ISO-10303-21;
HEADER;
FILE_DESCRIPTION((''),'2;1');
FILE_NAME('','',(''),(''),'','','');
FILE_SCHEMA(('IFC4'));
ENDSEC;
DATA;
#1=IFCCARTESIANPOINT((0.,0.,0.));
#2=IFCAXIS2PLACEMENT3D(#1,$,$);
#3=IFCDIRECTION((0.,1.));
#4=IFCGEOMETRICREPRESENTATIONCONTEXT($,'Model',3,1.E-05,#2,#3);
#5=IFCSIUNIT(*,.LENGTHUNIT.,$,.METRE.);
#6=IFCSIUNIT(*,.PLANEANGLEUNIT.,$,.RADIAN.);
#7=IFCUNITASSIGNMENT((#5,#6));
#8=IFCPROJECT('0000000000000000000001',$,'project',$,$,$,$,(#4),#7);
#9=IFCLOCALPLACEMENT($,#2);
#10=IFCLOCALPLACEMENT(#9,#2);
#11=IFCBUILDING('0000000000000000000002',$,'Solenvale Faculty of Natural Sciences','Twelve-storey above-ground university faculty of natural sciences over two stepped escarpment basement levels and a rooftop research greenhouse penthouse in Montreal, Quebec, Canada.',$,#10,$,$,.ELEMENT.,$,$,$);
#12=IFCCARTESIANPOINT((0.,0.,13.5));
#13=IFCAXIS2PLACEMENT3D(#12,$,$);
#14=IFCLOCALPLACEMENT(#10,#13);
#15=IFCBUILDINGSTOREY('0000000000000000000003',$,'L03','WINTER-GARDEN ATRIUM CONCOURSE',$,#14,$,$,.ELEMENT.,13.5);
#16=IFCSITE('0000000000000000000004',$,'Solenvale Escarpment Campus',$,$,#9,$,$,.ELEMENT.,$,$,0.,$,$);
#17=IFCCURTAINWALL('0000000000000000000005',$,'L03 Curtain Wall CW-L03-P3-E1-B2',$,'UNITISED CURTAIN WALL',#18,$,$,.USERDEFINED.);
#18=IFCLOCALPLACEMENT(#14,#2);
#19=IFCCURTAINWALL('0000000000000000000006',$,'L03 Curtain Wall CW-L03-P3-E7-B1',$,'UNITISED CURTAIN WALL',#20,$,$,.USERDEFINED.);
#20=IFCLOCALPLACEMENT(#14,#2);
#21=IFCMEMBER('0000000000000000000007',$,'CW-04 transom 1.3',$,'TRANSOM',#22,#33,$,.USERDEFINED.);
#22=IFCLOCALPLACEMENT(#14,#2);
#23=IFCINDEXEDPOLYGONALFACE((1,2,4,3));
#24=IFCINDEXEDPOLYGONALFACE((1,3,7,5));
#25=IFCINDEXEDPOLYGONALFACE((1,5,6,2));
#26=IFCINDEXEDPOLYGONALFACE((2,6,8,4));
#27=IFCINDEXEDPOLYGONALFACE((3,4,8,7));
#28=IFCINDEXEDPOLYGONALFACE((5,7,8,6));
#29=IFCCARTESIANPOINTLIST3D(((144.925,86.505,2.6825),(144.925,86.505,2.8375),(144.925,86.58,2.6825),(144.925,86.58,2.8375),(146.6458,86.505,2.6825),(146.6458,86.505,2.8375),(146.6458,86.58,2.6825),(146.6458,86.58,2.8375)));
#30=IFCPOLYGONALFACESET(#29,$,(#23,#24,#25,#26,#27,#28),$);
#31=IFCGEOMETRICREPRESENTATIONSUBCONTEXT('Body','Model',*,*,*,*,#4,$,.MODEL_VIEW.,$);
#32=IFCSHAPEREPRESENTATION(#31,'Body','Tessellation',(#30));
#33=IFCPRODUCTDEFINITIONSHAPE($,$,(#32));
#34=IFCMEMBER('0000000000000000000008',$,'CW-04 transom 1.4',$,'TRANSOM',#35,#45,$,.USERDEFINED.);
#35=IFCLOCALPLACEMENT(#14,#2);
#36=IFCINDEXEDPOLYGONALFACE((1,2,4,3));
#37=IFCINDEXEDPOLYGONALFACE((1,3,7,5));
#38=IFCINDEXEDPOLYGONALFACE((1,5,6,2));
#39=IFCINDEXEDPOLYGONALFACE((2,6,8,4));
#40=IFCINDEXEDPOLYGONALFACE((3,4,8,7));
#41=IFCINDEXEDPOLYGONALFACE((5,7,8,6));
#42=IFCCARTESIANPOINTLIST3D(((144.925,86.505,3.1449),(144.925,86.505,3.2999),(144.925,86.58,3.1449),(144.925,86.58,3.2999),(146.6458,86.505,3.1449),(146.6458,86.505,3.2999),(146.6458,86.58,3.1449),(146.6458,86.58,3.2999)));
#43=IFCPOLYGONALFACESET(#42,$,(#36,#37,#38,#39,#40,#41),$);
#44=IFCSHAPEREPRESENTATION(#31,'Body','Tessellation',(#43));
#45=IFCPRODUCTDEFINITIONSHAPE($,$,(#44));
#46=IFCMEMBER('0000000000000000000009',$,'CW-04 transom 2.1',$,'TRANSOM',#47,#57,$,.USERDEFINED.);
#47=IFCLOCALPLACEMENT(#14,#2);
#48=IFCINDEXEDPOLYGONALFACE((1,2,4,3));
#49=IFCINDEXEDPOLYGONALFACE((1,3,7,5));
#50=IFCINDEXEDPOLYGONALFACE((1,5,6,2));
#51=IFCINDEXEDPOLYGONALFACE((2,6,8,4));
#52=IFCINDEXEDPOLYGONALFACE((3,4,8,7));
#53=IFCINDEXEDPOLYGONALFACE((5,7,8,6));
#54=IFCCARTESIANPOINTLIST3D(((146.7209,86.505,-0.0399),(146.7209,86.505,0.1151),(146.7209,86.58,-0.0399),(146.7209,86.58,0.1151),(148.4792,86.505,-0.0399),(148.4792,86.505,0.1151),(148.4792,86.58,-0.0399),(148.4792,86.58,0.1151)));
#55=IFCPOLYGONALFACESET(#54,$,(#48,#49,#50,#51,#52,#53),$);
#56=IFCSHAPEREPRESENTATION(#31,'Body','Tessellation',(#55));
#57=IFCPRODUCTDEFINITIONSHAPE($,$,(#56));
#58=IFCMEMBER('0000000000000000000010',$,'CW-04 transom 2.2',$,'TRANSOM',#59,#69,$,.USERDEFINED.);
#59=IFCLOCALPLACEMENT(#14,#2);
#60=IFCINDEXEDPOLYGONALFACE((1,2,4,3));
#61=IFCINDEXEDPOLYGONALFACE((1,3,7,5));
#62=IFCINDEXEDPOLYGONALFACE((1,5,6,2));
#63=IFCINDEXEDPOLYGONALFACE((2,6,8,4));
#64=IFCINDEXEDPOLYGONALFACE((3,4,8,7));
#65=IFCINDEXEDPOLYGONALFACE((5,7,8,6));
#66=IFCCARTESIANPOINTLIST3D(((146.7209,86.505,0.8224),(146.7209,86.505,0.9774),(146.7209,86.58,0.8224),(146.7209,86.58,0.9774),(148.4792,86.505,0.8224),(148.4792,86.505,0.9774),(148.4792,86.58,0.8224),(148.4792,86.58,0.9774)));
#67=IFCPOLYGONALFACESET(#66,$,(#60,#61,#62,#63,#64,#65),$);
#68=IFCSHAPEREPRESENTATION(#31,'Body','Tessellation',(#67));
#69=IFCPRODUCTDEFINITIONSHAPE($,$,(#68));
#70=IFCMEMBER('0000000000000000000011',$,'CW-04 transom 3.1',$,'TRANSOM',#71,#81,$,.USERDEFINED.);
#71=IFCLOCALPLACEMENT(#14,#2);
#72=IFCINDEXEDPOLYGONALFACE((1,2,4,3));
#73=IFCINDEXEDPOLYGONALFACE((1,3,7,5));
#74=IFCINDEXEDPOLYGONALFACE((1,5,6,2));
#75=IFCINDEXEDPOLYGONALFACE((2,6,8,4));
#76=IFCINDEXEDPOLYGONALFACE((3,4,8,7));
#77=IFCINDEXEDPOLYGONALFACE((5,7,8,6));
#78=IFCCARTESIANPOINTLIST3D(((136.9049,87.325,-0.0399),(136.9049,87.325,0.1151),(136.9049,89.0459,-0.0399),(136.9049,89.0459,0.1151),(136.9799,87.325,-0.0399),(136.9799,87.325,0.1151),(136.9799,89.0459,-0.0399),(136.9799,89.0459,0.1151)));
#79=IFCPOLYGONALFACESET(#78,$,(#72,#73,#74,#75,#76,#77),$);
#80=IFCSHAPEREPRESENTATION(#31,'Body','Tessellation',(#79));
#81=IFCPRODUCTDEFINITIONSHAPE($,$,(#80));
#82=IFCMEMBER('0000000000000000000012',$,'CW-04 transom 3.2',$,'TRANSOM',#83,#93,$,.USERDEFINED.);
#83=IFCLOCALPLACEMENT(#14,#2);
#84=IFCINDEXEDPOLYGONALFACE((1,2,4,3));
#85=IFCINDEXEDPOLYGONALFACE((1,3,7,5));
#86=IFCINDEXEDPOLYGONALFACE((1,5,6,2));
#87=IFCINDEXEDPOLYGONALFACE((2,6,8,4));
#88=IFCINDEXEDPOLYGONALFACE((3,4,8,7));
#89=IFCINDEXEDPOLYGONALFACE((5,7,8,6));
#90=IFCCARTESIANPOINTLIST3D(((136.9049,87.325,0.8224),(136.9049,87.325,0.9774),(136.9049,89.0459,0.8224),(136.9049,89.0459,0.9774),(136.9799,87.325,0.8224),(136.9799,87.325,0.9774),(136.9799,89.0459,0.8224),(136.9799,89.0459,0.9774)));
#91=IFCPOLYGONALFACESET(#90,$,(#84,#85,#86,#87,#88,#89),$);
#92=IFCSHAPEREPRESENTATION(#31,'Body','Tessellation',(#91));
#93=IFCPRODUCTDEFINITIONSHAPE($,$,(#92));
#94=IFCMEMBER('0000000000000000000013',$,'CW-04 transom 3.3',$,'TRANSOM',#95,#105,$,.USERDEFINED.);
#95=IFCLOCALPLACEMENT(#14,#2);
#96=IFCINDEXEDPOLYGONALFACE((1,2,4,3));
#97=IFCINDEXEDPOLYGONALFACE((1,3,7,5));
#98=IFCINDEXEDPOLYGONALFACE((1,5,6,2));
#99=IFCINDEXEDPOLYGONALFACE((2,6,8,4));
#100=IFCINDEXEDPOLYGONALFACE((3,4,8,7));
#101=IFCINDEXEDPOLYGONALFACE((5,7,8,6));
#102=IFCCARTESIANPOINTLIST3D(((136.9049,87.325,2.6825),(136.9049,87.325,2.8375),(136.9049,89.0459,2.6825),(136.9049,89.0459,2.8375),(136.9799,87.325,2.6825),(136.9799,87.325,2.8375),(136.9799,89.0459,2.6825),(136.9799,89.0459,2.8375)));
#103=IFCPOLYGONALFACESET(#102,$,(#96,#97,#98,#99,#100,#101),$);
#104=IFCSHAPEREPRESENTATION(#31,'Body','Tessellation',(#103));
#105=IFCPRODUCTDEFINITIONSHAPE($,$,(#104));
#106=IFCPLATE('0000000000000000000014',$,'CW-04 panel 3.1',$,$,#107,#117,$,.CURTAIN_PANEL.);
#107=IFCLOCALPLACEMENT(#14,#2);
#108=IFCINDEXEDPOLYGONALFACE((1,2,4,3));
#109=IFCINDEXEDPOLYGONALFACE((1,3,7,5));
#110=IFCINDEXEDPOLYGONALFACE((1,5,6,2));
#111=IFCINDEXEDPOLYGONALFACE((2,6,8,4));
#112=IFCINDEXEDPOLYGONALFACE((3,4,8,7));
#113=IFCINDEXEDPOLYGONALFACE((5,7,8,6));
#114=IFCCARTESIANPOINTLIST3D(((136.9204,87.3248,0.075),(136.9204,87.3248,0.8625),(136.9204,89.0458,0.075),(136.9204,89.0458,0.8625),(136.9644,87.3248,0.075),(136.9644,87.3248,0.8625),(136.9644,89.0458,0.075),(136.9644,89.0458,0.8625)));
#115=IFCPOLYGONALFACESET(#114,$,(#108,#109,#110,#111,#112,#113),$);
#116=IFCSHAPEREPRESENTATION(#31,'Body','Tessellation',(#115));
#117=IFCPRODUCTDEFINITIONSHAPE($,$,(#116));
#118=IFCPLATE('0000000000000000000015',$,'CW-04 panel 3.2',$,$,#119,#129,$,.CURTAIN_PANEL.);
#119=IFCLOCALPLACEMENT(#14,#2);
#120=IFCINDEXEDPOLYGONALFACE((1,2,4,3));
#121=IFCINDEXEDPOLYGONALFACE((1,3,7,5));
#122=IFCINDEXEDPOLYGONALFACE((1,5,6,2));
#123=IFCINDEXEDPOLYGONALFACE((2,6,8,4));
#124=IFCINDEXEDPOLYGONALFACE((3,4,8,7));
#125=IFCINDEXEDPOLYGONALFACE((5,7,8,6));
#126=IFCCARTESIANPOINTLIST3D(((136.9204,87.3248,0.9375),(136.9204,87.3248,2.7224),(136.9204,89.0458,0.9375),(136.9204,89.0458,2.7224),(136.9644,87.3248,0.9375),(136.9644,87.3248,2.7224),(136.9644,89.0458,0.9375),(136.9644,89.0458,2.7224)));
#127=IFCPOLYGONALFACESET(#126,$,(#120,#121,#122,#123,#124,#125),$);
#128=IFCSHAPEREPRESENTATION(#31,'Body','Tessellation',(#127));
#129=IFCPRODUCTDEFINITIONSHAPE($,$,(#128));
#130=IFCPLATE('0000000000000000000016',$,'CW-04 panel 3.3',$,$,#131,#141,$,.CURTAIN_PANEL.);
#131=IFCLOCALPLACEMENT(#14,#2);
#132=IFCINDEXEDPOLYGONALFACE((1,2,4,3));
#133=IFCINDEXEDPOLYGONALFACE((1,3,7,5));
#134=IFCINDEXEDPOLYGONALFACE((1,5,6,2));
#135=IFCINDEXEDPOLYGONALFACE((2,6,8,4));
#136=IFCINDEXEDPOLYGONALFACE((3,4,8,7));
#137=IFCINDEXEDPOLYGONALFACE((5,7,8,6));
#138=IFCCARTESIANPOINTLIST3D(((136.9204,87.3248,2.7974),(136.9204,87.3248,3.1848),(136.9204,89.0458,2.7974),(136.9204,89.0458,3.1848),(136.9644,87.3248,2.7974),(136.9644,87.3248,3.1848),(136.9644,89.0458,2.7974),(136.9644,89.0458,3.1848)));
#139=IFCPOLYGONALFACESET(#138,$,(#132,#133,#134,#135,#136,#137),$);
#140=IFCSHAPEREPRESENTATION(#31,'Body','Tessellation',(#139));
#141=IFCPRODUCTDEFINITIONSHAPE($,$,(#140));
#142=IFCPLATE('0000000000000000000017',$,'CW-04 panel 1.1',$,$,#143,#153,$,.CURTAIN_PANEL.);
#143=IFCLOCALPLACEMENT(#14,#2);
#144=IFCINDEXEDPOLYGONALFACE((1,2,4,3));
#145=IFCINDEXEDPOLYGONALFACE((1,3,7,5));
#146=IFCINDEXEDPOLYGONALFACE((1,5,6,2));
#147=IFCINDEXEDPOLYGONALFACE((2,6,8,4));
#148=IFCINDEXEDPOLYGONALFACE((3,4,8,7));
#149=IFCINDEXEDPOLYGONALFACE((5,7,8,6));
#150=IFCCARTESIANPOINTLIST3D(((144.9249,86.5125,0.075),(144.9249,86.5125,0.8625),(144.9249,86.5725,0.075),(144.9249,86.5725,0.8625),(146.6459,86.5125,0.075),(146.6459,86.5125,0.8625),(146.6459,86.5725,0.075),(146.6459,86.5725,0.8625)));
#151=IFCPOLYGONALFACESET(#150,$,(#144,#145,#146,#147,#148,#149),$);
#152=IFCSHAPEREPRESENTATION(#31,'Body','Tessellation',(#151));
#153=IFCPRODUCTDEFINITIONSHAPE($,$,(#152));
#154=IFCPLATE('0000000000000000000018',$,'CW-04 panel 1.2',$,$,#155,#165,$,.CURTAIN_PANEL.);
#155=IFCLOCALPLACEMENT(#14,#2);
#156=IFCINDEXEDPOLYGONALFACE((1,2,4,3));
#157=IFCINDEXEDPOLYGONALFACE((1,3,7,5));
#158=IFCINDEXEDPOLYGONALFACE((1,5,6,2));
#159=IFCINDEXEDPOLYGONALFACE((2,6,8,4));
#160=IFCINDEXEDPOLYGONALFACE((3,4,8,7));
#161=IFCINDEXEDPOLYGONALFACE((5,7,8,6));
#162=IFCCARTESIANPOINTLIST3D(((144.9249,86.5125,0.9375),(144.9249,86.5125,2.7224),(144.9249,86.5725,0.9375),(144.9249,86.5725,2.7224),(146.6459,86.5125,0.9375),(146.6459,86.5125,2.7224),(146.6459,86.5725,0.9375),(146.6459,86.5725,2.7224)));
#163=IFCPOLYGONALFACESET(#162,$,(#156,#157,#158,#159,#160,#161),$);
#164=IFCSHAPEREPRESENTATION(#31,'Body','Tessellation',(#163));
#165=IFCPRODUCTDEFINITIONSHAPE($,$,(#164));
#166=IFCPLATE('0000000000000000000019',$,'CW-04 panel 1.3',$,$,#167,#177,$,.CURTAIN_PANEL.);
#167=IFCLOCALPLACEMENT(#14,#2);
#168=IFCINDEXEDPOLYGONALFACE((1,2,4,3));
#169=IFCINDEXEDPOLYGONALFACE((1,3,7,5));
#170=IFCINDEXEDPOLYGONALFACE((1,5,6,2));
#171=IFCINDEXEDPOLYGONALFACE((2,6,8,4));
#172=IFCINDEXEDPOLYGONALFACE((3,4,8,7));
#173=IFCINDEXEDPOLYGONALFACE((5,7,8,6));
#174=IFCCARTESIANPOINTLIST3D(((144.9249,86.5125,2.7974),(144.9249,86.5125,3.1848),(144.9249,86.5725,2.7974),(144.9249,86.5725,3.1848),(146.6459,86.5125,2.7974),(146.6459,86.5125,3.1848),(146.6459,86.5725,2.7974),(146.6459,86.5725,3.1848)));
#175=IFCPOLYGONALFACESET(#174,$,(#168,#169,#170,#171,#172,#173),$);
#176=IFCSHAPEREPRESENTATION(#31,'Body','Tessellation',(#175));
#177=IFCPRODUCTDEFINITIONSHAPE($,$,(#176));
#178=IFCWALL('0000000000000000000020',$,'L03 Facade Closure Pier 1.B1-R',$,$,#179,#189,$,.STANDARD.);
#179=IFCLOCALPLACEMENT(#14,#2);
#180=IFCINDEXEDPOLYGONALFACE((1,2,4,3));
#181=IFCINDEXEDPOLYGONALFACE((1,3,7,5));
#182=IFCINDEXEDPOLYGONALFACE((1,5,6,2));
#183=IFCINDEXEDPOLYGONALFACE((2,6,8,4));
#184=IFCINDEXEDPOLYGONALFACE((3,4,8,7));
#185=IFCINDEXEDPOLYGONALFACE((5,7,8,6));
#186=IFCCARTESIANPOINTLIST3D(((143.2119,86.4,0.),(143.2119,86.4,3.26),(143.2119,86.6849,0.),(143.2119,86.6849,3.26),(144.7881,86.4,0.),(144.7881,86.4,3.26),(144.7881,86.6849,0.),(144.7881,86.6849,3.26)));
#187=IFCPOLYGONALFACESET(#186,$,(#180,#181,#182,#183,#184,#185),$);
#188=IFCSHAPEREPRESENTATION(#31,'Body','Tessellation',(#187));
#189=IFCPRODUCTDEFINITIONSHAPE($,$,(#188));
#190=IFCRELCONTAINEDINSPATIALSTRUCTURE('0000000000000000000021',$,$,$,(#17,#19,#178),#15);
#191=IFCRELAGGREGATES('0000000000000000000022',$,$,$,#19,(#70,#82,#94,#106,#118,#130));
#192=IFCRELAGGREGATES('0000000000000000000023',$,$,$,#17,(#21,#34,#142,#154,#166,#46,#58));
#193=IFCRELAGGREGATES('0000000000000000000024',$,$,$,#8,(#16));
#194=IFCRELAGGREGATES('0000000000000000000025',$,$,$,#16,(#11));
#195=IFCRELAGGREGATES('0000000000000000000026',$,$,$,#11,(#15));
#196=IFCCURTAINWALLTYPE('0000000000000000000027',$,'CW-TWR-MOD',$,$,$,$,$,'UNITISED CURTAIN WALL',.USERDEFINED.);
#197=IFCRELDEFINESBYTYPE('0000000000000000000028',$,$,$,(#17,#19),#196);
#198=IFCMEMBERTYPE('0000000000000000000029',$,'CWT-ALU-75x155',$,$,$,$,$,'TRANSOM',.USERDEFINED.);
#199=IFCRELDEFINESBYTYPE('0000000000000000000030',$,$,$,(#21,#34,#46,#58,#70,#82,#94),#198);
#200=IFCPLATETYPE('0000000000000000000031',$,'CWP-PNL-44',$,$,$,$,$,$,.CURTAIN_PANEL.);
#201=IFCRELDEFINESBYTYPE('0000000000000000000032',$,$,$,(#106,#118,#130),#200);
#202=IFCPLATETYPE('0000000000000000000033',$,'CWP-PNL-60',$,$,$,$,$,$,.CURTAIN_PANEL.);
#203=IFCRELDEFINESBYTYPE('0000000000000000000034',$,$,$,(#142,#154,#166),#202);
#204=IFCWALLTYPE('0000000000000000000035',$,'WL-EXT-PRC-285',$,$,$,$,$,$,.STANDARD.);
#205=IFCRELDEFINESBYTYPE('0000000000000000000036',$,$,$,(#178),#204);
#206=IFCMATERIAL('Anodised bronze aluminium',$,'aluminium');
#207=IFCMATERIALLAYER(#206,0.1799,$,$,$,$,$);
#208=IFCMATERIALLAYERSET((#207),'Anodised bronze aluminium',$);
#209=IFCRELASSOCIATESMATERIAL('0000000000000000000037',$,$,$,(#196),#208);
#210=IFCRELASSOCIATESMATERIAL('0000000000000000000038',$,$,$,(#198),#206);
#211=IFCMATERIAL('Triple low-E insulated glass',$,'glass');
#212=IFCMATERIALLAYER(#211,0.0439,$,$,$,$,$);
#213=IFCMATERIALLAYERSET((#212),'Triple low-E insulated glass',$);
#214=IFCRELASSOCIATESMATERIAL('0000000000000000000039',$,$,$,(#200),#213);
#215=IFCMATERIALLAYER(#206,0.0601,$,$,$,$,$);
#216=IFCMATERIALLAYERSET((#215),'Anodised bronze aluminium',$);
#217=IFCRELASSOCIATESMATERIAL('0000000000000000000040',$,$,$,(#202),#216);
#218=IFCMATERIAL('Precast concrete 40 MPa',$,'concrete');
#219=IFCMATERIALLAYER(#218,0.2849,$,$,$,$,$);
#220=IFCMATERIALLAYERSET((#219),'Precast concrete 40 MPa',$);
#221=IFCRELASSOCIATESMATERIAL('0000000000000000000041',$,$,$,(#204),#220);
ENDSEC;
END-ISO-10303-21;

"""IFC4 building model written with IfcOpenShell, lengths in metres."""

from ifc_helpers import new_model, si_unit, direction, frame, frame_2d, origin, origin_2d, place, context, subcontext, project, spatial, rectangle, extrude, material, layer, layer_set, material_profile, profile_set, type_object, element, aggregate, save


model = new_model("IFC4")

# Units and contexts
model_context = context("Model", 3, precision=1e-05, world=origin(), true_north=direction((0.0, 1.0)))
body_context = subcontext(model_context, "Body", "Model", "MODEL_VIEW")
ifc_project = project(units=[si_unit("LENGTHUNIT", "METRE"), si_unit("PLANEANGLEUNIT", "RADIAN")], contexts=[model_context])

# Site, building, storey
site_placement = place(None, origin())
site = spatial("IfcSite", under=ifc_project, at=site_placement, Name="Solenvale Escarpment Campus", CompositionType="ELEMENT", RefElevation=0.0)
building_placement = place(site_placement, origin())
building = spatial("IfcBuilding", under=site, at=building_placement, Name="Solenvale Faculty of Natural Sciences", Description="Twelve-storey above-ground university faculty of natural sciences over two stepped escarpment basement levels and a rooftop research greenhouse penthouse in Montreal, Quebec, Canada.", CompositionType="ELEMENT")
storey_placement = place(building_placement, frame((0.0, 0.0, 13.5)))
storey = spatial("IfcBuildingStorey", under=building, at=storey_placement, Name="L03", Description="WINTER-GARDEN ATRIUM CONCOURSE", CompositionType="ELEMENT", Elevation=13.5)

# Curtain wall
ifc_material_1 = material(Name="Anodised bronze aluminium", Category="aluminium")
ifc_layer_1 = layer(ifc_material_1, 0.1799)
ifc_layer_set_1 = layer_set([ifc_layer_1], Name="Anodised bronze aluminium")
curtain_wall_type = type_object("IfcCurtainWallType", Name="CW-TWR-MOD", ElementType="UNITISED CURTAIN WALL", PredefinedType="USERDEFINED", material=ifc_layer_set_1)
curtain_wall_1_placement = place(storey_placement, origin())
curtain_wall_1 = element("IfcCurtainWall", 1, at=curtain_wall_1_placement, inside=storey, type_object=curtain_wall_type, Name="L03 Curtain Wall CW-L03-P3-E1-B2", ObjectType="UNITISED CURTAIN WALL", PredefinedType="USERDEFINED")

# Curtain wall
curtain_wall_2_placement = place(storey_placement, origin())
curtain_wall_2 = element("IfcCurtainWall", 2, at=curtain_wall_2_placement, inside=storey, type_object=curtain_wall_type, Name="L03 Curtain Wall CW-L03-P3-E7-B1", ObjectType="UNITISED CURTAIN WALL", PredefinedType="USERDEFINED")

# Members
ifc_material_profile_1 = material_profile(ifc_material_1, rectangle(XDim=0.075, YDim=0.155, at=origin_2d()), Name="ALU-TRN-75x155")
ifc_profile_set_1 = profile_set([ifc_material_profile_1], Name="Anodised bronze aluminium")
member_type_1 = type_object("IfcMemberType", Name="CWT-ALU-75x155", ElementType="TRANSOM", PredefinedType="USERDEFINED", material=ifc_profile_set_1)
member_1_placement = place(storey_placement, frame((144.925, 86.5425, 2.76), z_axis=(1.0, 0.0, 0.0), x_axis=(0.0, 1.0, 0.0)))
member_1 = element("IfcMember", 3, at=member_1_placement, type_object=member_type_1, Name="CW-04 transom 1.3", ObjectType="TRANSOM", PredefinedType="USERDEFINED", context=body_context, shape_type="SweptSolid", body=[
    extrude(rectangle(XDim=0.075, YDim=0.155, at=origin_2d()), origin(), (0.0, 0.0, 1.0), 1.7207),
])
member_2_placement = place(storey_placement, frame((144.925, 86.5425, 3.2224), z_axis=(1.0, 0.0, 0.0), x_axis=(0.0, 1.0, 0.0)))
member_2 = element("IfcMember", 4, at=member_2_placement, type_object=member_type_1, Name="CW-04 transom 1.4", ObjectType="TRANSOM", PredefinedType="USERDEFINED", context=body_context, shape_type="SweptSolid", body=[
    extrude(rectangle(XDim=0.075, YDim=0.155, at=origin_2d()), origin(), (0.0, 0.0, 1.0), 1.7207),
])
member_3_placement = place(storey_placement, frame((146.7209, 86.5425, 0.0376), z_axis=(1.0, 0.0, 0.0), x_axis=(0.0, 1.0, 0.0)))
member_3 = element("IfcMember", 5, at=member_3_placement, type_object=member_type_1, Name="CW-04 transom 2.1", ObjectType="TRANSOM", PredefinedType="USERDEFINED", context=body_context, shape_type="SweptSolid", body=[
    extrude(rectangle(XDim=0.075, YDim=0.155, at=origin_2d()), origin(), (0.0, 0.0, 1.0), 1.7583),
])
member_4_placement = place(storey_placement, frame((146.7209, 86.5425, 0.8999), z_axis=(1.0, 0.0, 0.0), x_axis=(0.0, 1.0, 0.0)))
member_4 = element("IfcMember", 6, at=member_4_placement, type_object=member_type_1, Name="CW-04 transom 2.2", ObjectType="TRANSOM", PredefinedType="USERDEFINED", context=body_context, shape_type="SweptSolid", body=[
    extrude(rectangle(XDim=0.075, YDim=0.155, at=origin_2d()), origin(), (0.0, 0.0, 1.0), 1.7583),
])
member_5_placement = place(storey_placement, frame((136.9424, 89.0459, 0.0376), z_axis=(0.0, -1.0, 0.0), x_axis=(1.0, 0.0, 0.0)))
member_5 = element("IfcMember", 7, at=member_5_placement, type_object=member_type_1, Name="CW-04 transom 3.1", ObjectType="TRANSOM", PredefinedType="USERDEFINED", context=body_context, shape_type="SweptSolid", body=[
    extrude(rectangle(XDim=0.075, YDim=0.155, at=origin_2d()), origin(), (0.0, 0.0, 1.0), 1.7209),
])
member_6_placement = place(storey_placement, frame((136.9424, 89.0459, 0.8999), z_axis=(0.0, -1.0, 0.0), x_axis=(1.0, 0.0, 0.0)))
member_6 = element("IfcMember", 8, at=member_6_placement, type_object=member_type_1, Name="CW-04 transom 3.2", ObjectType="TRANSOM", PredefinedType="USERDEFINED", context=body_context, shape_type="SweptSolid", body=[
    extrude(rectangle(XDim=0.075, YDim=0.155, at=origin_2d()), origin(), (0.0, 0.0, 1.0), 1.7209),
])
member_7_placement = place(storey_placement, frame((136.9424, 89.0459, 2.76), z_axis=(0.0, -1.0, 0.0), x_axis=(1.0, 0.0, 0.0)))
member_7 = element("IfcMember", 9, at=member_7_placement, type_object=member_type_1, Name="CW-04 transom 3.3", ObjectType="TRANSOM", PredefinedType="USERDEFINED", context=body_context, shape_type="SweptSolid", body=[
    extrude(rectangle(XDim=0.075, YDim=0.155, at=origin_2d()), origin(), (0.0, 0.0, 1.0), 1.7209),
])

# Plates
ifc_material_2 = material(Name="Triple low-E insulated glass", Category="glass")
ifc_layer_2 = layer(ifc_material_2, 0.0439)
ifc_layer_set_2 = layer_set([ifc_layer_2], Name="Triple low-E insulated glass")
plate_type_1 = type_object("IfcPlateType", Name="CWP-PNL-44", PredefinedType="CURTAIN_PANEL", material=ifc_layer_set_2)
plate_1_placement = place(storey_placement, frame((136.9424, 88.1853, 0.075), z_axis=(0.0, 0.0, 1.0), x_axis=(0.0, -1.0, 0.0)))
plate_1 = element("IfcPlate", 10, at=plate_1_placement, type_object=plate_type_1, Name="CW-04 panel 3.1", PredefinedType="CURTAIN_PANEL", context=body_context, shape_type="SweptSolid", body=[
    extrude(rectangle(XDim=1.7209, YDim=0.0439, at=origin_2d()), origin(), (0.0, 0.0, 1.0), 0.7876),
])
plate_2_placement = place(storey_placement, frame((136.9424, 88.1853, 0.9375), z_axis=(0.0, 0.0, 1.0), x_axis=(0.0, -1.0, 0.0)))
plate_2 = element("IfcPlate", 11, at=plate_2_placement, type_object=plate_type_1, Name="CW-04 panel 3.2", PredefinedType="CURTAIN_PANEL", context=body_context, shape_type="SweptSolid", body=[
    extrude(rectangle(XDim=1.7209, YDim=0.0439, at=origin_2d()), origin(), (0.0, 0.0, 1.0), 1.7849),
])
plate_3_placement = place(storey_placement, frame((136.9424, 88.1853, 2.7974), z_axis=(0.0, 0.0, 1.0), x_axis=(0.0, -1.0, 0.0)))
plate_3 = element("IfcPlate", 12, at=plate_3_placement, type_object=plate_type_1, Name="CW-04 panel 3.3", PredefinedType="CURTAIN_PANEL", context=body_context, shape_type="SweptSolid", body=[
    extrude(rectangle(XDim=1.7209, YDim=0.0439, at=origin_2d()), origin(), (0.0, 0.0, 1.0), 0.3875),
])
aggregate(curtain_wall_2, [member_5, member_6, member_7, plate_1, plate_2, plate_3])
ifc_layer_3 = layer(ifc_material_1, 0.0601)
ifc_layer_set_3 = layer_set([ifc_layer_3], Name="Anodised bronze aluminium")
plate_type_2 = type_object("IfcPlateType", Name="CWP-PNL-60", PredefinedType="CURTAIN_PANEL", material=ifc_layer_set_3)
plate_4_placement = place(storey_placement, frame((145.7854, 86.5425, 0.075), z_axis=(0.0, 0.0, 1.0), x_axis=(1.0, 0.0, 0.0)))
plate_4 = element("IfcPlate", 13, at=plate_4_placement, type_object=plate_type_2, Name="CW-04 panel 1.1", PredefinedType="CURTAIN_PANEL", context=body_context, shape_type="SweptSolid", body=[
    extrude(rectangle(XDim=1.7209, YDim=0.0601, at=origin_2d()), origin(), (0.0, 0.0, 1.0), 0.7876),
])
plate_5_placement = place(storey_placement, frame((145.7854, 86.5425, 0.9375), z_axis=(0.0, 0.0, 1.0), x_axis=(1.0, 0.0, 0.0)))
plate_5 = element("IfcPlate", 14, at=plate_5_placement, type_object=plate_type_2, Name="CW-04 panel 1.2", PredefinedType="CURTAIN_PANEL", context=body_context, shape_type="SweptSolid", body=[
    extrude(rectangle(XDim=1.7209, YDim=0.0601, at=origin_2d()), origin(), (0.0, 0.0, 1.0), 1.7849),
])
plate_6_placement = place(storey_placement, frame((145.7854, 86.5425, 2.7974), z_axis=(0.0, 0.0, 1.0), x_axis=(1.0, 0.0, 0.0)))
plate_6 = element("IfcPlate", 15, at=plate_6_placement, type_object=plate_type_2, Name="CW-04 panel 1.3", PredefinedType="CURTAIN_PANEL", context=body_context, shape_type="SweptSolid", body=[
    extrude(rectangle(XDim=1.7209, YDim=0.0601, at=origin_2d()), origin(), (0.0, 0.0, 1.0), 0.3875),
])
aggregate(curtain_wall_1, [member_1, member_2, plate_4, plate_5, plate_6, member_3, member_4])

# Wall
ifc_material_3 = material(Name="Precast concrete 40 MPa", Category="concrete")
ifc_layer_4 = layer(ifc_material_3, 0.2849)
ifc_layer_set_4 = layer_set([ifc_layer_4], Name="Precast concrete 40 MPa")
wall_type = type_object("IfcWallType", Name="WL-EXT-PRC-285", PredefinedType="STANDARD", material=ifc_layer_set_4)
wall_1_placement = place(storey_placement, frame((143.2119, 86.5425, 0.0), z_axis=(0.0, 0.0, 1.0), x_axis=(1.0, 0.0, 0.0)))
element("IfcWall", 16, at=wall_1_placement, inside=storey, type_object=wall_type, Name="L03 Facade Closure Pier 1.B1-R", PredefinedType="STANDARD", context=body_context, shape_type="SweptSolid", body=[
    extrude(rectangle(XDim=1.5762, YDim=0.2849, at=frame_2d((0.7881, 0.0))), origin(), (0.0, 0.0, 1.0), 3.26),
])

save(model, "model.ifc")
